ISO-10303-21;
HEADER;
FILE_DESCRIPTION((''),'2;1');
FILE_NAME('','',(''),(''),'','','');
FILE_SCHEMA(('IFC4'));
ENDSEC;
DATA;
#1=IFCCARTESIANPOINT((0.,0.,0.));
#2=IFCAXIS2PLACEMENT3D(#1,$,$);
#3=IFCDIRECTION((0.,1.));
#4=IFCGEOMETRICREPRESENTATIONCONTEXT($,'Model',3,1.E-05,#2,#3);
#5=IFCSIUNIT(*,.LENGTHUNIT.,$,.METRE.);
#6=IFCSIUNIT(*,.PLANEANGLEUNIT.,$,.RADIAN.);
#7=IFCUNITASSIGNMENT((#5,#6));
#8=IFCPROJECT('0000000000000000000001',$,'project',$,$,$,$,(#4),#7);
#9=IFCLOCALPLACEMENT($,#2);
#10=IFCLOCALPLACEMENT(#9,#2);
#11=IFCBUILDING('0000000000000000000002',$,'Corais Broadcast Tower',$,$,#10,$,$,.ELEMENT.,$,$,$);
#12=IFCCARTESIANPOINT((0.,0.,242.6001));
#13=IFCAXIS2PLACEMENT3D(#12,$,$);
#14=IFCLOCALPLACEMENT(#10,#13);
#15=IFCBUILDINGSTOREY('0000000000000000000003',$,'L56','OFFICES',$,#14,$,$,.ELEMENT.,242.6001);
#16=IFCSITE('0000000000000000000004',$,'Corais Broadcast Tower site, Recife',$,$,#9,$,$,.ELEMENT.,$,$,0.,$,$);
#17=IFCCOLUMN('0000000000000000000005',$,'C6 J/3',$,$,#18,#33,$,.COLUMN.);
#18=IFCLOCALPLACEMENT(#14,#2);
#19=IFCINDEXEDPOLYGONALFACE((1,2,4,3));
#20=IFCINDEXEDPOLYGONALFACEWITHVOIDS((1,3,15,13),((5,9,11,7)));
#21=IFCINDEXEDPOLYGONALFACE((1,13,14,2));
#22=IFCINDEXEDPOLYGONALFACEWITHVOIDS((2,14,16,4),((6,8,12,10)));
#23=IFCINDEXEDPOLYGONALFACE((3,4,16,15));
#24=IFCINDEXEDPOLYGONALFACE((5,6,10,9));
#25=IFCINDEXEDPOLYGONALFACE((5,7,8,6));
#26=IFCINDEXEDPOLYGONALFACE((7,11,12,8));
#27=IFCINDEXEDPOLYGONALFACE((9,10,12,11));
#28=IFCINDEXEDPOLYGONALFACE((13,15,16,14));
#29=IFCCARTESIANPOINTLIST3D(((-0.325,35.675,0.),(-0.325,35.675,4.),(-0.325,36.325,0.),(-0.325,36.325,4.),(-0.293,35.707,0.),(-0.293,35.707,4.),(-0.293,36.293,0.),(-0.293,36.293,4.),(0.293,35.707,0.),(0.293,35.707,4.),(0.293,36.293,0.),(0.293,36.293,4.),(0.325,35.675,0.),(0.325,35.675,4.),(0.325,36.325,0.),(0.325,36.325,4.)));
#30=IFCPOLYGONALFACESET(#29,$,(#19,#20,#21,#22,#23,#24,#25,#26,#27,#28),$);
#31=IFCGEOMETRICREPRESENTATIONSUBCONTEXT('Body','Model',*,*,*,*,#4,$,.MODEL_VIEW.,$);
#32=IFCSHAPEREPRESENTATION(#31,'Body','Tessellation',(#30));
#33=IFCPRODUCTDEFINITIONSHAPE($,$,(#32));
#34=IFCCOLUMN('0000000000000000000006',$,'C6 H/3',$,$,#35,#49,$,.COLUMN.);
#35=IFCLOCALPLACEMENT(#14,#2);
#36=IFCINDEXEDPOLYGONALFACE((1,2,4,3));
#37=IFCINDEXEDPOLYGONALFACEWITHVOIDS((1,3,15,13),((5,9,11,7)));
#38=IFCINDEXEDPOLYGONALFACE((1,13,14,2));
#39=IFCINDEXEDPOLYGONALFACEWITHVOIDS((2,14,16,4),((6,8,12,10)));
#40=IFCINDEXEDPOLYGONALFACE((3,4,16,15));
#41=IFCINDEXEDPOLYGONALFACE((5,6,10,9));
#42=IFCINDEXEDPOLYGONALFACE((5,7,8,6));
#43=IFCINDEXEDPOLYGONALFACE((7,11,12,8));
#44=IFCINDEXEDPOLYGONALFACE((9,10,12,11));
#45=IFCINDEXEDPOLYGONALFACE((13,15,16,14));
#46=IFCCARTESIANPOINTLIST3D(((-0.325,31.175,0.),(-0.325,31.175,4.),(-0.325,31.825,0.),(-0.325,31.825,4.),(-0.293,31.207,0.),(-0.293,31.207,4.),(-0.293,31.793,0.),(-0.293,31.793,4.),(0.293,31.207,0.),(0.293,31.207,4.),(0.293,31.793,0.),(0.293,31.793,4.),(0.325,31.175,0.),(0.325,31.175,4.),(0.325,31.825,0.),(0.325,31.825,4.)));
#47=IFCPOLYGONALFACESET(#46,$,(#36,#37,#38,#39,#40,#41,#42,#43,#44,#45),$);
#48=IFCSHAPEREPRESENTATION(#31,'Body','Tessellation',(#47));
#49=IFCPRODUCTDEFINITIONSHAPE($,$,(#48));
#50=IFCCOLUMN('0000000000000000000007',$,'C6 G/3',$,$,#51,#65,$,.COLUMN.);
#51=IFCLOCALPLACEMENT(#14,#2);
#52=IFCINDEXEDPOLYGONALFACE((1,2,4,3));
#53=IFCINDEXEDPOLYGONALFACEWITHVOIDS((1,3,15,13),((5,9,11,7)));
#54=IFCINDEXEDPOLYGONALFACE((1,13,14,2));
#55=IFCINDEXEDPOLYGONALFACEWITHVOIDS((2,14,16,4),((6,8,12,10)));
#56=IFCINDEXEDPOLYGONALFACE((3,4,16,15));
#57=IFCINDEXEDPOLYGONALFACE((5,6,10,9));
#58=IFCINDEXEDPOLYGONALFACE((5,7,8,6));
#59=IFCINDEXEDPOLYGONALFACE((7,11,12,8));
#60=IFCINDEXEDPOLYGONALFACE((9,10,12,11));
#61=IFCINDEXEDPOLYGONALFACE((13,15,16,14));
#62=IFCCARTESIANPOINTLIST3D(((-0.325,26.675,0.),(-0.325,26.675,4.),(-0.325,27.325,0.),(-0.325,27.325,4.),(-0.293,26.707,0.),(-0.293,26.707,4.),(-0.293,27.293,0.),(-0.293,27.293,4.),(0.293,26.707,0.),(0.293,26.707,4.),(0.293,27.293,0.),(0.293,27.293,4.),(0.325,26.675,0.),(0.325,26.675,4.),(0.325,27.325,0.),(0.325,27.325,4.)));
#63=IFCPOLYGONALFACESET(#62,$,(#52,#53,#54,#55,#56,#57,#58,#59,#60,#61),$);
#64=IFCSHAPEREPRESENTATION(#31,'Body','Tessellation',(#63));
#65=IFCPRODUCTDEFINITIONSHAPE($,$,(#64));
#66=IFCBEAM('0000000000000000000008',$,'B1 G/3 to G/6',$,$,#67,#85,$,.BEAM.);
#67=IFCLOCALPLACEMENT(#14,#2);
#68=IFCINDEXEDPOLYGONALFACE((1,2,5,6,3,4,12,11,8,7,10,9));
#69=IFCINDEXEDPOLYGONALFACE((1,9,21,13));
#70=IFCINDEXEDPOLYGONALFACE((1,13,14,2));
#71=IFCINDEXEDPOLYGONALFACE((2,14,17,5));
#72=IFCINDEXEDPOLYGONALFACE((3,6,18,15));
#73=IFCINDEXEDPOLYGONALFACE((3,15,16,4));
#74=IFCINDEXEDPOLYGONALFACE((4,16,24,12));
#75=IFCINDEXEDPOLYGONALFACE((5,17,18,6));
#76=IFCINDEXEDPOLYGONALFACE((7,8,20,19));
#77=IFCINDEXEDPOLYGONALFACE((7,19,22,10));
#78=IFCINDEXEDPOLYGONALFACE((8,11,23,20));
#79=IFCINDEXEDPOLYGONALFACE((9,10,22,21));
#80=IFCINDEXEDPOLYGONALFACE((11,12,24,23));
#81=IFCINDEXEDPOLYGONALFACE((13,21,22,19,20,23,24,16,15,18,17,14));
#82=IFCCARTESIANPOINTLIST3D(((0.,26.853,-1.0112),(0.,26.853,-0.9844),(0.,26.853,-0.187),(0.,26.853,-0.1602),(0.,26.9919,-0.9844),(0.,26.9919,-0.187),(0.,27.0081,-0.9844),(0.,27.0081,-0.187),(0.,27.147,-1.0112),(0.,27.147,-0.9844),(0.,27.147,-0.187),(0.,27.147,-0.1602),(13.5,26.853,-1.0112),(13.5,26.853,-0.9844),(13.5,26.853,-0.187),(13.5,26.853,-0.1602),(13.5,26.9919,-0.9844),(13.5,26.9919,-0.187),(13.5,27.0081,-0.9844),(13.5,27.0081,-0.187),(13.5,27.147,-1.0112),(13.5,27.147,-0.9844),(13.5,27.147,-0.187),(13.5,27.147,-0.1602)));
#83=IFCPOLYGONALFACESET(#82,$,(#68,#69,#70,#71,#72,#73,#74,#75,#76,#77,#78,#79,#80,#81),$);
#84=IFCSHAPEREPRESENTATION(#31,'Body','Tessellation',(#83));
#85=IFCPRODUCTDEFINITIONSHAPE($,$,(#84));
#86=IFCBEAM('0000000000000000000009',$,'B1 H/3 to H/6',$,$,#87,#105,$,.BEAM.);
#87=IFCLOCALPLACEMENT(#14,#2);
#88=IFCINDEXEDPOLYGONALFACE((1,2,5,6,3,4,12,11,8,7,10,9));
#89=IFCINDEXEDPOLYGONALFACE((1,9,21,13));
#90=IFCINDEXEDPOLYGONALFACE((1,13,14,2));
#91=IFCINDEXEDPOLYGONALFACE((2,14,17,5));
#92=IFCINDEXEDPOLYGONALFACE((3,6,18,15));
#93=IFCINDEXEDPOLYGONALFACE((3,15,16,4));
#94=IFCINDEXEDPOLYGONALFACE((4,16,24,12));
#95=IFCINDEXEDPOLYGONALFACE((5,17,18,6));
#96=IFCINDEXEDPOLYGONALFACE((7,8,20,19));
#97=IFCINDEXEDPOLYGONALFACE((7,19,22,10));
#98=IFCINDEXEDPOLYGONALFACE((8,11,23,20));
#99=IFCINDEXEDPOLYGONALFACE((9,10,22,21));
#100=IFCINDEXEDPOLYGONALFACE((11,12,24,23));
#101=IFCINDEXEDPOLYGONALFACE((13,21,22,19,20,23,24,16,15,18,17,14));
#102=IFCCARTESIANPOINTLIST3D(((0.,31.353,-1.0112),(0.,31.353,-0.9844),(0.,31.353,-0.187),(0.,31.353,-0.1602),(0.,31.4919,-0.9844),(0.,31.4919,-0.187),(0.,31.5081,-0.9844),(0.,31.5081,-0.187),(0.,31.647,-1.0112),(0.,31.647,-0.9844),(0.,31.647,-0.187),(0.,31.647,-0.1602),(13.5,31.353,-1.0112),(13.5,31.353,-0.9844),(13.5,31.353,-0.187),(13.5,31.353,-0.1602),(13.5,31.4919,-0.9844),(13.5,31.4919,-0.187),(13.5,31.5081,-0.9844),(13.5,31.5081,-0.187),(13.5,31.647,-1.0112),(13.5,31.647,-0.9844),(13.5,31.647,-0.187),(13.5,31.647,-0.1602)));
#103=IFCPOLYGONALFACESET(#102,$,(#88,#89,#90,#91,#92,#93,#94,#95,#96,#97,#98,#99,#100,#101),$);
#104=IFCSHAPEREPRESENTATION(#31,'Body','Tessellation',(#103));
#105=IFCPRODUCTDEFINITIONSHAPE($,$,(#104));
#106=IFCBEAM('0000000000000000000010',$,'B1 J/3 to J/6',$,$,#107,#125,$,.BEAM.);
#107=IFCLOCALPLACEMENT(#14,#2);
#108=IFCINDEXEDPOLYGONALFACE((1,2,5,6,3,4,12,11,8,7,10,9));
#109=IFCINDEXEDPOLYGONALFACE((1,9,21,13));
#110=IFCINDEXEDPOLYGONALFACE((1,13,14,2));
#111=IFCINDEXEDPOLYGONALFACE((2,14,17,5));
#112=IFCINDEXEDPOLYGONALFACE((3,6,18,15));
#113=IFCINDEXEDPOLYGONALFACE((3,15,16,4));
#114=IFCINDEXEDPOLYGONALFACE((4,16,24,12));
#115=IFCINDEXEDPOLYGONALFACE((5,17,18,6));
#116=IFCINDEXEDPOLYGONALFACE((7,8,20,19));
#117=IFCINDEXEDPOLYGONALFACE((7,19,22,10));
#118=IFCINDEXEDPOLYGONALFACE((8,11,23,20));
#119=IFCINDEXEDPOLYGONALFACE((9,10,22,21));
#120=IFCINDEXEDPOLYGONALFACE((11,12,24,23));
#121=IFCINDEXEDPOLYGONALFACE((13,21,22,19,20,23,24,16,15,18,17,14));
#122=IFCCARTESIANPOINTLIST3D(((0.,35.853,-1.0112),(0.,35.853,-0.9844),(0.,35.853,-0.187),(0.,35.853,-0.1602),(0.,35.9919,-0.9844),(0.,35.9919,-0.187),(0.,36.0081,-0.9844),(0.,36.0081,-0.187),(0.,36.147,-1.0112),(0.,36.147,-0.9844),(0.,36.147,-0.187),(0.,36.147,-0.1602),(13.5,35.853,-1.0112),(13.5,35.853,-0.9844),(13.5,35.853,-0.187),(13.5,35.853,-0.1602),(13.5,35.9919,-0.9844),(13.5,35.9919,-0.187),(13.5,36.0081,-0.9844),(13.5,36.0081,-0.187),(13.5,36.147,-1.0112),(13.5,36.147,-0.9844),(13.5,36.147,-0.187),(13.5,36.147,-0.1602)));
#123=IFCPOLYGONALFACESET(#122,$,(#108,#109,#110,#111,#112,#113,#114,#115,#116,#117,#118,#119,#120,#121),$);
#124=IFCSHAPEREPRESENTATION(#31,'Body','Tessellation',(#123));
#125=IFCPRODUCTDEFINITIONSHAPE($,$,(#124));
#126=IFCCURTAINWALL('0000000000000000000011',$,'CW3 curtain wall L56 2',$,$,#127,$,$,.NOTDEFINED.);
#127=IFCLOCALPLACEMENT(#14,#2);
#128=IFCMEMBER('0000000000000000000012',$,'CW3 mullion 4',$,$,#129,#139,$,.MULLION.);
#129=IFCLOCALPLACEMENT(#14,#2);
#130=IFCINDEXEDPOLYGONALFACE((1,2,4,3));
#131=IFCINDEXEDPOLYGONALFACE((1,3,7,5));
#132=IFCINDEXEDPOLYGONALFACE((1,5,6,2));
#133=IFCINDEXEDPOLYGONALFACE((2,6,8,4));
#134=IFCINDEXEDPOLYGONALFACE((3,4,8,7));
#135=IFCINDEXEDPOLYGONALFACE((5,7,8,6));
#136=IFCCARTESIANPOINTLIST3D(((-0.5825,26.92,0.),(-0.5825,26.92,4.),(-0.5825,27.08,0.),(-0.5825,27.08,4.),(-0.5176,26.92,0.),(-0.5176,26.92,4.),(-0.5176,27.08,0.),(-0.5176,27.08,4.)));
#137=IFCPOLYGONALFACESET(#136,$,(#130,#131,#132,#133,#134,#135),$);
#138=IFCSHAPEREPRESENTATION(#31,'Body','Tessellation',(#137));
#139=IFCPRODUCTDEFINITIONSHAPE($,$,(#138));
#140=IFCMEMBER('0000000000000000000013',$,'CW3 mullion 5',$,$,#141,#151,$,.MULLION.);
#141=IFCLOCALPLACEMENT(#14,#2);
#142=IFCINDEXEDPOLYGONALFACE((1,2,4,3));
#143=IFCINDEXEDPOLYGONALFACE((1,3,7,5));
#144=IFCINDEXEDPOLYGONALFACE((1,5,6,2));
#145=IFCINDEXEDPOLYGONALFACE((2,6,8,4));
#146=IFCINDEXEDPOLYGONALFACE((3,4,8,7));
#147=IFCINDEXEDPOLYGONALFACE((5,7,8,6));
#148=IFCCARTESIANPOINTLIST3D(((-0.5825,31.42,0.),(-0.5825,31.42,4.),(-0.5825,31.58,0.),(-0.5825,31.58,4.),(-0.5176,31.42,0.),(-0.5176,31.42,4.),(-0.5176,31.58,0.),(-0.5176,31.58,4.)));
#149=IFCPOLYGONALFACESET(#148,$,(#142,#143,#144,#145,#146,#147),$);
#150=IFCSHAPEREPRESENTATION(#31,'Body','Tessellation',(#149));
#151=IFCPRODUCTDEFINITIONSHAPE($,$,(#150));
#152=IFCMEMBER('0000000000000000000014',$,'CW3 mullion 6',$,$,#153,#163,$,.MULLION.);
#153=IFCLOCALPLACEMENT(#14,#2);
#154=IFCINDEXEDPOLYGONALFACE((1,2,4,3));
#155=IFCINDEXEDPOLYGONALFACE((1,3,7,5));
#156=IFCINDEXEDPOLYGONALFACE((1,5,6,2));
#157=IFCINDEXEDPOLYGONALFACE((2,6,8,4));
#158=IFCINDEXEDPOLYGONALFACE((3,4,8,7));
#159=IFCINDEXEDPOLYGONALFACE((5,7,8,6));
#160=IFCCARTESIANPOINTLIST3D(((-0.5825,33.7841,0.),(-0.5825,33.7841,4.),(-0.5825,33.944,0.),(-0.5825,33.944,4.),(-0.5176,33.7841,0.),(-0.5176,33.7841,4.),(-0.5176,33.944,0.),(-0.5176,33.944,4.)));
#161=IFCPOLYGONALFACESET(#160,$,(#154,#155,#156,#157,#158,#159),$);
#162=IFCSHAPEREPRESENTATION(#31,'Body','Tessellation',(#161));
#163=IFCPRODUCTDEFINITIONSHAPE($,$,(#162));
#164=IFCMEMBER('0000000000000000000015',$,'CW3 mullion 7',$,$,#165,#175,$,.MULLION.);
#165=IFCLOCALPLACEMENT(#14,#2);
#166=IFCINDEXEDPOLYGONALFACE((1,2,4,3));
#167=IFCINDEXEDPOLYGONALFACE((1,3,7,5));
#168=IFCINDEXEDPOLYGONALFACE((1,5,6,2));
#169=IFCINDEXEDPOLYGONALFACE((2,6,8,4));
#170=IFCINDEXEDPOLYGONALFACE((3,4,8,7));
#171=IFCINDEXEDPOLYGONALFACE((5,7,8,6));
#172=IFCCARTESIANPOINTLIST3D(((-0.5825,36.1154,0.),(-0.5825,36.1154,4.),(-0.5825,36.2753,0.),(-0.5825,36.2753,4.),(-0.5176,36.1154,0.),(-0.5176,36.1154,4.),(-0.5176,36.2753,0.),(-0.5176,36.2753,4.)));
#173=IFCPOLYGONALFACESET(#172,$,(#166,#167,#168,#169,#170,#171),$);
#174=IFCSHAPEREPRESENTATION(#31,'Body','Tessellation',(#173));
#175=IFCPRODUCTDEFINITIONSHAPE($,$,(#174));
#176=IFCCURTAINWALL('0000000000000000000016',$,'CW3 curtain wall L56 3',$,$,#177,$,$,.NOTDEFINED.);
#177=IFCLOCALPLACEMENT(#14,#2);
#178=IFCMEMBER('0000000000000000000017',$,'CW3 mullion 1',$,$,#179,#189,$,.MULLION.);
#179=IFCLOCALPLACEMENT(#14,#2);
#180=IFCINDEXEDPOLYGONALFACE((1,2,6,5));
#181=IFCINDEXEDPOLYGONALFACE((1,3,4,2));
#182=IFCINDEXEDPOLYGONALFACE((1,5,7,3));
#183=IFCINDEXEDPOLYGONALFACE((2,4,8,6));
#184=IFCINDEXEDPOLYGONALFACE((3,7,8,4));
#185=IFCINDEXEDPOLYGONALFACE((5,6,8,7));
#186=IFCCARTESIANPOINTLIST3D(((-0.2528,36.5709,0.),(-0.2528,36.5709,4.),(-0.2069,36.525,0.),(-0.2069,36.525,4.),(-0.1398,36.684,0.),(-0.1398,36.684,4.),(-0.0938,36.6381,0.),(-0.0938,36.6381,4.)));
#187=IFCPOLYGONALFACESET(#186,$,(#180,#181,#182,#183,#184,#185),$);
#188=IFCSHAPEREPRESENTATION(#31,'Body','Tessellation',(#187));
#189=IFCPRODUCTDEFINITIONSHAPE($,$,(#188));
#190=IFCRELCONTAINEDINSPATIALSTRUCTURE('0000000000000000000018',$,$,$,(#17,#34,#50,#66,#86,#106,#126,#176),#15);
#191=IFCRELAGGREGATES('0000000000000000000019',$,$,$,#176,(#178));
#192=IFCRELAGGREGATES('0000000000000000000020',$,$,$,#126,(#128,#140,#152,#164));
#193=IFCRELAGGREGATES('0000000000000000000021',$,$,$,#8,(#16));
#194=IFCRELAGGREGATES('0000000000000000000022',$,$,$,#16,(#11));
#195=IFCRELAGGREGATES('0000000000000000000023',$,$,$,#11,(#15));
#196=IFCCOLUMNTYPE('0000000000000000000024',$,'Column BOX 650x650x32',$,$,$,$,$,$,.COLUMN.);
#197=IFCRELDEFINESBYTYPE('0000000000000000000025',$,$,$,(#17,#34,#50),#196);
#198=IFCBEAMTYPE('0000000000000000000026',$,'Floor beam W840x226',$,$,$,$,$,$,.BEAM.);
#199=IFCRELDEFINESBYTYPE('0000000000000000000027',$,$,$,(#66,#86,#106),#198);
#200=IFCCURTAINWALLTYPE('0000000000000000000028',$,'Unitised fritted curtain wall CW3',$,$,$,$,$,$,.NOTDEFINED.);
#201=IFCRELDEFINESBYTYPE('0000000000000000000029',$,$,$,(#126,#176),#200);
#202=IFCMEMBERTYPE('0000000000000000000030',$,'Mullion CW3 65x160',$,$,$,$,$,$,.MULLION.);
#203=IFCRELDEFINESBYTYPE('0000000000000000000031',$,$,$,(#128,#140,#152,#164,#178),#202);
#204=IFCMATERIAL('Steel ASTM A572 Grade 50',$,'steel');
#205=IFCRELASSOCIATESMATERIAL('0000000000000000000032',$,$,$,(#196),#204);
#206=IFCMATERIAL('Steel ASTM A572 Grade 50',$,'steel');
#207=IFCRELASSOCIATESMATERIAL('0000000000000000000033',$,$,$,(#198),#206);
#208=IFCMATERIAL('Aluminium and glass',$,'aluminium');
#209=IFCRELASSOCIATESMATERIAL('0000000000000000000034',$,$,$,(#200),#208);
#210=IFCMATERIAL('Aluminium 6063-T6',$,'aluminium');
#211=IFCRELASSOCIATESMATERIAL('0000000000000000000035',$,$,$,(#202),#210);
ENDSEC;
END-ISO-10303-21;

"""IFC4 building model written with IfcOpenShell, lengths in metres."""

from ifc_helpers import new_model, si_unit, direction, frame, origin, origin_2d, place, context, subcontext, project, spatial, rectangle, hollow_rectangle, i_section, extrude, material, material_profile, profile_set, type_object, element, aggregate, save


model = new_model("IFC4")

# Units and contexts
model_context = context("Model", 3, precision=1e-05, world=origin(), true_north=direction((0.0, 1.0)))
body_context = subcontext(model_context, "Body", "Model", "MODEL_VIEW")
ifc_project = project(units=[si_unit("LENGTHUNIT", "METRE"), si_unit("PLANEANGLEUNIT", "RADIAN")], contexts=[model_context])

# Site, building, storey
site_placement = place(None, origin())
site = spatial("IfcSite", under=ifc_project, at=site_placement, Name="Corais Broadcast Tower site, Recife", CompositionType="ELEMENT", RefElevation=0.0)
building_placement = place(site_placement, origin())
building = spatial("IfcBuilding", under=site, at=building_placement, Name="Corais Broadcast Tower", CompositionType="ELEMENT")
storey_placement = place(building_placement, frame((0.0, 0.0, 242.6001)))
storey = spatial("IfcBuildingStorey", under=building, at=storey_placement, Name="L56", Description="OFFICES", CompositionType="ELEMENT", Elevation=242.6001)

# Columns
ifc_material_1 = material(Name="Steel ASTM A572 Grade 50", Category="steel")
ifc_material_profile_1 = material_profile(ifc_material_1, hollow_rectangle(XDim=0.6499, YDim=0.6499, WallThickness=0.032, at=origin_2d()), Name="BOX 650x650x32")
ifc_profile_set_1 = profile_set([ifc_material_profile_1], Name="Steel ASTM A572 Grade 50")
column_type = type_object("IfcColumnType", Name="Column BOX 650x650x32", PredefinedType="COLUMN", material=ifc_profile_set_1)
for number, where, z_axis, x_axis, name in (
    (1, (0.0, 36.0, 0.0), (0.0, 0.0, 1.0), (1.0, 0.0, 0.0), "C6 J/3"),
    (2, (0.0, 31.5, 0.0), (0.0, 0.0, 1.0), (1.0, 0.0, 0.0), "C6 H/3"),
    (3, (0.0, 27.0, 0.0), (0.0, 0.0, 1.0), (1.0, 0.0, 0.0), "C6 G/3"),
):
    element("IfcColumn", number, at=place(storey_placement, frame(where, z_axis=z_axis, x_axis=x_axis)), inside=storey, type_object=column_type, Name=name, PredefinedType="COLUMN", context=body_context, shape_type="SweptSolid", body=[
        extrude(hollow_rectangle(XDim=0.6499, YDim=0.6499, WallThickness=0.032, at=origin_2d()), origin(), (0.0, 0.0, 1.0), 4.0),
    ])

# Beams
ifc_material_2 = material(Name="Steel ASTM A572 Grade 50", Category="steel")
ifc_material_profile_2 = material_profile(ifc_material_2, i_section(OverallWidth=0.2939, OverallDepth=0.8511, WebThickness=0.0161, FlangeThickness=0.0269, at=origin_2d()), Name="W840x226")
ifc_profile_set_2 = profile_set([ifc_material_profile_2], Name="Steel ASTM A572 Grade 50")
beam_type_1 = type_object("IfcBeamType", Name="Floor beam W840x226", PredefinedType="BEAM", material=ifc_profile_set_2)
for number, where, z_axis, x_axis, name in (
    (4, (0.0, 27.0, -0.5857), (1.0, 0.0, 0.0), (0.0, 1.0, 0.0), "B1 G/3 to G/6"),
    (5, (0.0, 31.5, -0.5857), (1.0, 0.0, 0.0), (0.0, 1.0, 0.0), "B1 H/3 to H/6"),
    (6, (0.0, 36.0, -0.5857), (1.0, 0.0, 0.0), (0.0, 1.0, 0.0), "B1 J/3 to J/6"),
):
    element("IfcBeam", number, at=place(storey_placement, frame(where, z_axis=z_axis, x_axis=x_axis)), inside=storey, type_object=beam_type_1, Name=name, PredefinedType="BEAM", context=body_context, shape_type="SweptSolid", body=[
        extrude(i_section(OverallWidth=0.2939, OverallDepth=0.8511, WebThickness=0.0161, FlangeThickness=0.0269, at=origin_2d()), origin(), (0.0, 0.0, 1.0), 13.5),
    ])

# Curtain wall, members
ifc_material_3 = material(Name="Aluminium and glass", Category="aluminium")
curtain_wall_type = type_object("IfcCurtainWallType", Name="Unitised fritted curtain wall CW3", PredefinedType="NOTDEFINED", material=ifc_material_3)
curtain_wall_1_placement = place(storey_placement, origin())
curtain_wall_1 = element("IfcCurtainWall", 7, at=curtain_wall_1_placement, inside=storey, type_object=curtain_wall_type, Name="CW3 curtain wall L56 2", PredefinedType="NOTDEFINED")
ifc_material_4 = material(Name="Aluminium 6063-T6", Category="aluminium")
ifc_material_profile_3 = material_profile(ifc_material_4, rectangle(XDim=0.0649, YDim=0.1599, at=origin_2d()), Name="Mullion CW3 65x160")
ifc_profile_set_3 = profile_set([ifc_material_profile_3], Name="Aluminium 6063-T6")
member_type_1 = type_object("IfcMemberType", Name="Mullion CW3 65x160", PredefinedType="MULLION", material=ifc_profile_set_3)
member_1_placement = place(storey_placement, frame((-0.55, 27.0, 0.0), z_axis=(0.0, 0.0, 1.0), x_axis=(-1.0, 0.0, 0.0)))
member_1 = element("IfcMember", 8, at=member_1_placement, type_object=member_type_1, Name="CW3 mullion 4", PredefinedType="MULLION", context=body_context, shape_type="SweptSolid", body=[
    extrude(rectangle(XDim=0.0649, YDim=0.1599, at=origin_2d()), origin(), (0.0, 0.0, 1.0), 4.0),
])
member_2_placement = place(storey_placement, frame((-0.55, 31.5, 0.0), z_axis=(0.0, 0.0, 1.0), x_axis=(-1.0, 0.0, 0.0)))
member_2 = element("IfcMember", 9, at=member_2_placement, type_object=member_type_1, Name="CW3 mullion 5", PredefinedType="MULLION", context=body_context, shape_type="SweptSolid", body=[
    extrude(rectangle(XDim=0.0649, YDim=0.1599, at=origin_2d()), origin(), (0.0, 0.0, 1.0), 4.0),
])
member_3_placement = place(storey_placement, frame((-0.55, 33.864, 0.0), z_axis=(0.0, 0.0, 1.0), x_axis=(-1.0, 0.0, 0.0)))
member_3 = element("IfcMember", 10, at=member_3_placement, type_object=member_type_1, Name="CW3 mullion 6", PredefinedType="MULLION", context=body_context, shape_type="SweptSolid", body=[
    extrude(rectangle(XDim=0.0649, YDim=0.1599, at=origin_2d()), origin(), (0.0, 0.0, 1.0), 4.0),
])
member_4_placement = place(storey_placement, frame((-0.55, 36.1953, 0.0), z_axis=(0.0, 0.0, 1.0), x_axis=(-1.0, 0.0, 0.0)))
member_4 = element("IfcMember", 11, at=member_4_placement, type_object=member_type_1, Name="CW3 mullion 7", PredefinedType="MULLION", context=body_context, shape_type="SweptSolid", body=[
    extrude(rectangle(XDim=0.0649, YDim=0.1599, at=origin_2d()), origin(), (0.0, 0.0, 1.0), 4.0),
])

# Curtain wall, member
curtain_wall_2_placement = place(storey_placement, origin())
curtain_wall_2 = element("IfcCurtainWall", 12, at=curtain_wall_2_placement, inside=storey, type_object=curtain_wall_type, Name="CW3 curtain wall L56 3", PredefinedType="NOTDEFINED")
member_5_placement = place(storey_placement, frame((-0.1733, 36.6045, 0.0), z_axis=(0.0, 0.0, 1.0), x_axis=(-0.707107, 0.707107, 0.0)))
member_5 = element("IfcMember", 13, at=member_5_placement, type_object=member_type_1, Name="CW3 mullion 1", PredefinedType="MULLION", context=body_context, shape_type="SweptSolid", body=[
    extrude(rectangle(XDim=0.0649, YDim=0.1599, at=origin_2d()), origin(), (0.0, 0.0, 1.0), 4.0),
])

aggregate(curtain_wall_2, [member_5])
aggregate(curtain_wall_1, [member_1, member_2, member_3, member_4])

save(model, "model.ifc")
